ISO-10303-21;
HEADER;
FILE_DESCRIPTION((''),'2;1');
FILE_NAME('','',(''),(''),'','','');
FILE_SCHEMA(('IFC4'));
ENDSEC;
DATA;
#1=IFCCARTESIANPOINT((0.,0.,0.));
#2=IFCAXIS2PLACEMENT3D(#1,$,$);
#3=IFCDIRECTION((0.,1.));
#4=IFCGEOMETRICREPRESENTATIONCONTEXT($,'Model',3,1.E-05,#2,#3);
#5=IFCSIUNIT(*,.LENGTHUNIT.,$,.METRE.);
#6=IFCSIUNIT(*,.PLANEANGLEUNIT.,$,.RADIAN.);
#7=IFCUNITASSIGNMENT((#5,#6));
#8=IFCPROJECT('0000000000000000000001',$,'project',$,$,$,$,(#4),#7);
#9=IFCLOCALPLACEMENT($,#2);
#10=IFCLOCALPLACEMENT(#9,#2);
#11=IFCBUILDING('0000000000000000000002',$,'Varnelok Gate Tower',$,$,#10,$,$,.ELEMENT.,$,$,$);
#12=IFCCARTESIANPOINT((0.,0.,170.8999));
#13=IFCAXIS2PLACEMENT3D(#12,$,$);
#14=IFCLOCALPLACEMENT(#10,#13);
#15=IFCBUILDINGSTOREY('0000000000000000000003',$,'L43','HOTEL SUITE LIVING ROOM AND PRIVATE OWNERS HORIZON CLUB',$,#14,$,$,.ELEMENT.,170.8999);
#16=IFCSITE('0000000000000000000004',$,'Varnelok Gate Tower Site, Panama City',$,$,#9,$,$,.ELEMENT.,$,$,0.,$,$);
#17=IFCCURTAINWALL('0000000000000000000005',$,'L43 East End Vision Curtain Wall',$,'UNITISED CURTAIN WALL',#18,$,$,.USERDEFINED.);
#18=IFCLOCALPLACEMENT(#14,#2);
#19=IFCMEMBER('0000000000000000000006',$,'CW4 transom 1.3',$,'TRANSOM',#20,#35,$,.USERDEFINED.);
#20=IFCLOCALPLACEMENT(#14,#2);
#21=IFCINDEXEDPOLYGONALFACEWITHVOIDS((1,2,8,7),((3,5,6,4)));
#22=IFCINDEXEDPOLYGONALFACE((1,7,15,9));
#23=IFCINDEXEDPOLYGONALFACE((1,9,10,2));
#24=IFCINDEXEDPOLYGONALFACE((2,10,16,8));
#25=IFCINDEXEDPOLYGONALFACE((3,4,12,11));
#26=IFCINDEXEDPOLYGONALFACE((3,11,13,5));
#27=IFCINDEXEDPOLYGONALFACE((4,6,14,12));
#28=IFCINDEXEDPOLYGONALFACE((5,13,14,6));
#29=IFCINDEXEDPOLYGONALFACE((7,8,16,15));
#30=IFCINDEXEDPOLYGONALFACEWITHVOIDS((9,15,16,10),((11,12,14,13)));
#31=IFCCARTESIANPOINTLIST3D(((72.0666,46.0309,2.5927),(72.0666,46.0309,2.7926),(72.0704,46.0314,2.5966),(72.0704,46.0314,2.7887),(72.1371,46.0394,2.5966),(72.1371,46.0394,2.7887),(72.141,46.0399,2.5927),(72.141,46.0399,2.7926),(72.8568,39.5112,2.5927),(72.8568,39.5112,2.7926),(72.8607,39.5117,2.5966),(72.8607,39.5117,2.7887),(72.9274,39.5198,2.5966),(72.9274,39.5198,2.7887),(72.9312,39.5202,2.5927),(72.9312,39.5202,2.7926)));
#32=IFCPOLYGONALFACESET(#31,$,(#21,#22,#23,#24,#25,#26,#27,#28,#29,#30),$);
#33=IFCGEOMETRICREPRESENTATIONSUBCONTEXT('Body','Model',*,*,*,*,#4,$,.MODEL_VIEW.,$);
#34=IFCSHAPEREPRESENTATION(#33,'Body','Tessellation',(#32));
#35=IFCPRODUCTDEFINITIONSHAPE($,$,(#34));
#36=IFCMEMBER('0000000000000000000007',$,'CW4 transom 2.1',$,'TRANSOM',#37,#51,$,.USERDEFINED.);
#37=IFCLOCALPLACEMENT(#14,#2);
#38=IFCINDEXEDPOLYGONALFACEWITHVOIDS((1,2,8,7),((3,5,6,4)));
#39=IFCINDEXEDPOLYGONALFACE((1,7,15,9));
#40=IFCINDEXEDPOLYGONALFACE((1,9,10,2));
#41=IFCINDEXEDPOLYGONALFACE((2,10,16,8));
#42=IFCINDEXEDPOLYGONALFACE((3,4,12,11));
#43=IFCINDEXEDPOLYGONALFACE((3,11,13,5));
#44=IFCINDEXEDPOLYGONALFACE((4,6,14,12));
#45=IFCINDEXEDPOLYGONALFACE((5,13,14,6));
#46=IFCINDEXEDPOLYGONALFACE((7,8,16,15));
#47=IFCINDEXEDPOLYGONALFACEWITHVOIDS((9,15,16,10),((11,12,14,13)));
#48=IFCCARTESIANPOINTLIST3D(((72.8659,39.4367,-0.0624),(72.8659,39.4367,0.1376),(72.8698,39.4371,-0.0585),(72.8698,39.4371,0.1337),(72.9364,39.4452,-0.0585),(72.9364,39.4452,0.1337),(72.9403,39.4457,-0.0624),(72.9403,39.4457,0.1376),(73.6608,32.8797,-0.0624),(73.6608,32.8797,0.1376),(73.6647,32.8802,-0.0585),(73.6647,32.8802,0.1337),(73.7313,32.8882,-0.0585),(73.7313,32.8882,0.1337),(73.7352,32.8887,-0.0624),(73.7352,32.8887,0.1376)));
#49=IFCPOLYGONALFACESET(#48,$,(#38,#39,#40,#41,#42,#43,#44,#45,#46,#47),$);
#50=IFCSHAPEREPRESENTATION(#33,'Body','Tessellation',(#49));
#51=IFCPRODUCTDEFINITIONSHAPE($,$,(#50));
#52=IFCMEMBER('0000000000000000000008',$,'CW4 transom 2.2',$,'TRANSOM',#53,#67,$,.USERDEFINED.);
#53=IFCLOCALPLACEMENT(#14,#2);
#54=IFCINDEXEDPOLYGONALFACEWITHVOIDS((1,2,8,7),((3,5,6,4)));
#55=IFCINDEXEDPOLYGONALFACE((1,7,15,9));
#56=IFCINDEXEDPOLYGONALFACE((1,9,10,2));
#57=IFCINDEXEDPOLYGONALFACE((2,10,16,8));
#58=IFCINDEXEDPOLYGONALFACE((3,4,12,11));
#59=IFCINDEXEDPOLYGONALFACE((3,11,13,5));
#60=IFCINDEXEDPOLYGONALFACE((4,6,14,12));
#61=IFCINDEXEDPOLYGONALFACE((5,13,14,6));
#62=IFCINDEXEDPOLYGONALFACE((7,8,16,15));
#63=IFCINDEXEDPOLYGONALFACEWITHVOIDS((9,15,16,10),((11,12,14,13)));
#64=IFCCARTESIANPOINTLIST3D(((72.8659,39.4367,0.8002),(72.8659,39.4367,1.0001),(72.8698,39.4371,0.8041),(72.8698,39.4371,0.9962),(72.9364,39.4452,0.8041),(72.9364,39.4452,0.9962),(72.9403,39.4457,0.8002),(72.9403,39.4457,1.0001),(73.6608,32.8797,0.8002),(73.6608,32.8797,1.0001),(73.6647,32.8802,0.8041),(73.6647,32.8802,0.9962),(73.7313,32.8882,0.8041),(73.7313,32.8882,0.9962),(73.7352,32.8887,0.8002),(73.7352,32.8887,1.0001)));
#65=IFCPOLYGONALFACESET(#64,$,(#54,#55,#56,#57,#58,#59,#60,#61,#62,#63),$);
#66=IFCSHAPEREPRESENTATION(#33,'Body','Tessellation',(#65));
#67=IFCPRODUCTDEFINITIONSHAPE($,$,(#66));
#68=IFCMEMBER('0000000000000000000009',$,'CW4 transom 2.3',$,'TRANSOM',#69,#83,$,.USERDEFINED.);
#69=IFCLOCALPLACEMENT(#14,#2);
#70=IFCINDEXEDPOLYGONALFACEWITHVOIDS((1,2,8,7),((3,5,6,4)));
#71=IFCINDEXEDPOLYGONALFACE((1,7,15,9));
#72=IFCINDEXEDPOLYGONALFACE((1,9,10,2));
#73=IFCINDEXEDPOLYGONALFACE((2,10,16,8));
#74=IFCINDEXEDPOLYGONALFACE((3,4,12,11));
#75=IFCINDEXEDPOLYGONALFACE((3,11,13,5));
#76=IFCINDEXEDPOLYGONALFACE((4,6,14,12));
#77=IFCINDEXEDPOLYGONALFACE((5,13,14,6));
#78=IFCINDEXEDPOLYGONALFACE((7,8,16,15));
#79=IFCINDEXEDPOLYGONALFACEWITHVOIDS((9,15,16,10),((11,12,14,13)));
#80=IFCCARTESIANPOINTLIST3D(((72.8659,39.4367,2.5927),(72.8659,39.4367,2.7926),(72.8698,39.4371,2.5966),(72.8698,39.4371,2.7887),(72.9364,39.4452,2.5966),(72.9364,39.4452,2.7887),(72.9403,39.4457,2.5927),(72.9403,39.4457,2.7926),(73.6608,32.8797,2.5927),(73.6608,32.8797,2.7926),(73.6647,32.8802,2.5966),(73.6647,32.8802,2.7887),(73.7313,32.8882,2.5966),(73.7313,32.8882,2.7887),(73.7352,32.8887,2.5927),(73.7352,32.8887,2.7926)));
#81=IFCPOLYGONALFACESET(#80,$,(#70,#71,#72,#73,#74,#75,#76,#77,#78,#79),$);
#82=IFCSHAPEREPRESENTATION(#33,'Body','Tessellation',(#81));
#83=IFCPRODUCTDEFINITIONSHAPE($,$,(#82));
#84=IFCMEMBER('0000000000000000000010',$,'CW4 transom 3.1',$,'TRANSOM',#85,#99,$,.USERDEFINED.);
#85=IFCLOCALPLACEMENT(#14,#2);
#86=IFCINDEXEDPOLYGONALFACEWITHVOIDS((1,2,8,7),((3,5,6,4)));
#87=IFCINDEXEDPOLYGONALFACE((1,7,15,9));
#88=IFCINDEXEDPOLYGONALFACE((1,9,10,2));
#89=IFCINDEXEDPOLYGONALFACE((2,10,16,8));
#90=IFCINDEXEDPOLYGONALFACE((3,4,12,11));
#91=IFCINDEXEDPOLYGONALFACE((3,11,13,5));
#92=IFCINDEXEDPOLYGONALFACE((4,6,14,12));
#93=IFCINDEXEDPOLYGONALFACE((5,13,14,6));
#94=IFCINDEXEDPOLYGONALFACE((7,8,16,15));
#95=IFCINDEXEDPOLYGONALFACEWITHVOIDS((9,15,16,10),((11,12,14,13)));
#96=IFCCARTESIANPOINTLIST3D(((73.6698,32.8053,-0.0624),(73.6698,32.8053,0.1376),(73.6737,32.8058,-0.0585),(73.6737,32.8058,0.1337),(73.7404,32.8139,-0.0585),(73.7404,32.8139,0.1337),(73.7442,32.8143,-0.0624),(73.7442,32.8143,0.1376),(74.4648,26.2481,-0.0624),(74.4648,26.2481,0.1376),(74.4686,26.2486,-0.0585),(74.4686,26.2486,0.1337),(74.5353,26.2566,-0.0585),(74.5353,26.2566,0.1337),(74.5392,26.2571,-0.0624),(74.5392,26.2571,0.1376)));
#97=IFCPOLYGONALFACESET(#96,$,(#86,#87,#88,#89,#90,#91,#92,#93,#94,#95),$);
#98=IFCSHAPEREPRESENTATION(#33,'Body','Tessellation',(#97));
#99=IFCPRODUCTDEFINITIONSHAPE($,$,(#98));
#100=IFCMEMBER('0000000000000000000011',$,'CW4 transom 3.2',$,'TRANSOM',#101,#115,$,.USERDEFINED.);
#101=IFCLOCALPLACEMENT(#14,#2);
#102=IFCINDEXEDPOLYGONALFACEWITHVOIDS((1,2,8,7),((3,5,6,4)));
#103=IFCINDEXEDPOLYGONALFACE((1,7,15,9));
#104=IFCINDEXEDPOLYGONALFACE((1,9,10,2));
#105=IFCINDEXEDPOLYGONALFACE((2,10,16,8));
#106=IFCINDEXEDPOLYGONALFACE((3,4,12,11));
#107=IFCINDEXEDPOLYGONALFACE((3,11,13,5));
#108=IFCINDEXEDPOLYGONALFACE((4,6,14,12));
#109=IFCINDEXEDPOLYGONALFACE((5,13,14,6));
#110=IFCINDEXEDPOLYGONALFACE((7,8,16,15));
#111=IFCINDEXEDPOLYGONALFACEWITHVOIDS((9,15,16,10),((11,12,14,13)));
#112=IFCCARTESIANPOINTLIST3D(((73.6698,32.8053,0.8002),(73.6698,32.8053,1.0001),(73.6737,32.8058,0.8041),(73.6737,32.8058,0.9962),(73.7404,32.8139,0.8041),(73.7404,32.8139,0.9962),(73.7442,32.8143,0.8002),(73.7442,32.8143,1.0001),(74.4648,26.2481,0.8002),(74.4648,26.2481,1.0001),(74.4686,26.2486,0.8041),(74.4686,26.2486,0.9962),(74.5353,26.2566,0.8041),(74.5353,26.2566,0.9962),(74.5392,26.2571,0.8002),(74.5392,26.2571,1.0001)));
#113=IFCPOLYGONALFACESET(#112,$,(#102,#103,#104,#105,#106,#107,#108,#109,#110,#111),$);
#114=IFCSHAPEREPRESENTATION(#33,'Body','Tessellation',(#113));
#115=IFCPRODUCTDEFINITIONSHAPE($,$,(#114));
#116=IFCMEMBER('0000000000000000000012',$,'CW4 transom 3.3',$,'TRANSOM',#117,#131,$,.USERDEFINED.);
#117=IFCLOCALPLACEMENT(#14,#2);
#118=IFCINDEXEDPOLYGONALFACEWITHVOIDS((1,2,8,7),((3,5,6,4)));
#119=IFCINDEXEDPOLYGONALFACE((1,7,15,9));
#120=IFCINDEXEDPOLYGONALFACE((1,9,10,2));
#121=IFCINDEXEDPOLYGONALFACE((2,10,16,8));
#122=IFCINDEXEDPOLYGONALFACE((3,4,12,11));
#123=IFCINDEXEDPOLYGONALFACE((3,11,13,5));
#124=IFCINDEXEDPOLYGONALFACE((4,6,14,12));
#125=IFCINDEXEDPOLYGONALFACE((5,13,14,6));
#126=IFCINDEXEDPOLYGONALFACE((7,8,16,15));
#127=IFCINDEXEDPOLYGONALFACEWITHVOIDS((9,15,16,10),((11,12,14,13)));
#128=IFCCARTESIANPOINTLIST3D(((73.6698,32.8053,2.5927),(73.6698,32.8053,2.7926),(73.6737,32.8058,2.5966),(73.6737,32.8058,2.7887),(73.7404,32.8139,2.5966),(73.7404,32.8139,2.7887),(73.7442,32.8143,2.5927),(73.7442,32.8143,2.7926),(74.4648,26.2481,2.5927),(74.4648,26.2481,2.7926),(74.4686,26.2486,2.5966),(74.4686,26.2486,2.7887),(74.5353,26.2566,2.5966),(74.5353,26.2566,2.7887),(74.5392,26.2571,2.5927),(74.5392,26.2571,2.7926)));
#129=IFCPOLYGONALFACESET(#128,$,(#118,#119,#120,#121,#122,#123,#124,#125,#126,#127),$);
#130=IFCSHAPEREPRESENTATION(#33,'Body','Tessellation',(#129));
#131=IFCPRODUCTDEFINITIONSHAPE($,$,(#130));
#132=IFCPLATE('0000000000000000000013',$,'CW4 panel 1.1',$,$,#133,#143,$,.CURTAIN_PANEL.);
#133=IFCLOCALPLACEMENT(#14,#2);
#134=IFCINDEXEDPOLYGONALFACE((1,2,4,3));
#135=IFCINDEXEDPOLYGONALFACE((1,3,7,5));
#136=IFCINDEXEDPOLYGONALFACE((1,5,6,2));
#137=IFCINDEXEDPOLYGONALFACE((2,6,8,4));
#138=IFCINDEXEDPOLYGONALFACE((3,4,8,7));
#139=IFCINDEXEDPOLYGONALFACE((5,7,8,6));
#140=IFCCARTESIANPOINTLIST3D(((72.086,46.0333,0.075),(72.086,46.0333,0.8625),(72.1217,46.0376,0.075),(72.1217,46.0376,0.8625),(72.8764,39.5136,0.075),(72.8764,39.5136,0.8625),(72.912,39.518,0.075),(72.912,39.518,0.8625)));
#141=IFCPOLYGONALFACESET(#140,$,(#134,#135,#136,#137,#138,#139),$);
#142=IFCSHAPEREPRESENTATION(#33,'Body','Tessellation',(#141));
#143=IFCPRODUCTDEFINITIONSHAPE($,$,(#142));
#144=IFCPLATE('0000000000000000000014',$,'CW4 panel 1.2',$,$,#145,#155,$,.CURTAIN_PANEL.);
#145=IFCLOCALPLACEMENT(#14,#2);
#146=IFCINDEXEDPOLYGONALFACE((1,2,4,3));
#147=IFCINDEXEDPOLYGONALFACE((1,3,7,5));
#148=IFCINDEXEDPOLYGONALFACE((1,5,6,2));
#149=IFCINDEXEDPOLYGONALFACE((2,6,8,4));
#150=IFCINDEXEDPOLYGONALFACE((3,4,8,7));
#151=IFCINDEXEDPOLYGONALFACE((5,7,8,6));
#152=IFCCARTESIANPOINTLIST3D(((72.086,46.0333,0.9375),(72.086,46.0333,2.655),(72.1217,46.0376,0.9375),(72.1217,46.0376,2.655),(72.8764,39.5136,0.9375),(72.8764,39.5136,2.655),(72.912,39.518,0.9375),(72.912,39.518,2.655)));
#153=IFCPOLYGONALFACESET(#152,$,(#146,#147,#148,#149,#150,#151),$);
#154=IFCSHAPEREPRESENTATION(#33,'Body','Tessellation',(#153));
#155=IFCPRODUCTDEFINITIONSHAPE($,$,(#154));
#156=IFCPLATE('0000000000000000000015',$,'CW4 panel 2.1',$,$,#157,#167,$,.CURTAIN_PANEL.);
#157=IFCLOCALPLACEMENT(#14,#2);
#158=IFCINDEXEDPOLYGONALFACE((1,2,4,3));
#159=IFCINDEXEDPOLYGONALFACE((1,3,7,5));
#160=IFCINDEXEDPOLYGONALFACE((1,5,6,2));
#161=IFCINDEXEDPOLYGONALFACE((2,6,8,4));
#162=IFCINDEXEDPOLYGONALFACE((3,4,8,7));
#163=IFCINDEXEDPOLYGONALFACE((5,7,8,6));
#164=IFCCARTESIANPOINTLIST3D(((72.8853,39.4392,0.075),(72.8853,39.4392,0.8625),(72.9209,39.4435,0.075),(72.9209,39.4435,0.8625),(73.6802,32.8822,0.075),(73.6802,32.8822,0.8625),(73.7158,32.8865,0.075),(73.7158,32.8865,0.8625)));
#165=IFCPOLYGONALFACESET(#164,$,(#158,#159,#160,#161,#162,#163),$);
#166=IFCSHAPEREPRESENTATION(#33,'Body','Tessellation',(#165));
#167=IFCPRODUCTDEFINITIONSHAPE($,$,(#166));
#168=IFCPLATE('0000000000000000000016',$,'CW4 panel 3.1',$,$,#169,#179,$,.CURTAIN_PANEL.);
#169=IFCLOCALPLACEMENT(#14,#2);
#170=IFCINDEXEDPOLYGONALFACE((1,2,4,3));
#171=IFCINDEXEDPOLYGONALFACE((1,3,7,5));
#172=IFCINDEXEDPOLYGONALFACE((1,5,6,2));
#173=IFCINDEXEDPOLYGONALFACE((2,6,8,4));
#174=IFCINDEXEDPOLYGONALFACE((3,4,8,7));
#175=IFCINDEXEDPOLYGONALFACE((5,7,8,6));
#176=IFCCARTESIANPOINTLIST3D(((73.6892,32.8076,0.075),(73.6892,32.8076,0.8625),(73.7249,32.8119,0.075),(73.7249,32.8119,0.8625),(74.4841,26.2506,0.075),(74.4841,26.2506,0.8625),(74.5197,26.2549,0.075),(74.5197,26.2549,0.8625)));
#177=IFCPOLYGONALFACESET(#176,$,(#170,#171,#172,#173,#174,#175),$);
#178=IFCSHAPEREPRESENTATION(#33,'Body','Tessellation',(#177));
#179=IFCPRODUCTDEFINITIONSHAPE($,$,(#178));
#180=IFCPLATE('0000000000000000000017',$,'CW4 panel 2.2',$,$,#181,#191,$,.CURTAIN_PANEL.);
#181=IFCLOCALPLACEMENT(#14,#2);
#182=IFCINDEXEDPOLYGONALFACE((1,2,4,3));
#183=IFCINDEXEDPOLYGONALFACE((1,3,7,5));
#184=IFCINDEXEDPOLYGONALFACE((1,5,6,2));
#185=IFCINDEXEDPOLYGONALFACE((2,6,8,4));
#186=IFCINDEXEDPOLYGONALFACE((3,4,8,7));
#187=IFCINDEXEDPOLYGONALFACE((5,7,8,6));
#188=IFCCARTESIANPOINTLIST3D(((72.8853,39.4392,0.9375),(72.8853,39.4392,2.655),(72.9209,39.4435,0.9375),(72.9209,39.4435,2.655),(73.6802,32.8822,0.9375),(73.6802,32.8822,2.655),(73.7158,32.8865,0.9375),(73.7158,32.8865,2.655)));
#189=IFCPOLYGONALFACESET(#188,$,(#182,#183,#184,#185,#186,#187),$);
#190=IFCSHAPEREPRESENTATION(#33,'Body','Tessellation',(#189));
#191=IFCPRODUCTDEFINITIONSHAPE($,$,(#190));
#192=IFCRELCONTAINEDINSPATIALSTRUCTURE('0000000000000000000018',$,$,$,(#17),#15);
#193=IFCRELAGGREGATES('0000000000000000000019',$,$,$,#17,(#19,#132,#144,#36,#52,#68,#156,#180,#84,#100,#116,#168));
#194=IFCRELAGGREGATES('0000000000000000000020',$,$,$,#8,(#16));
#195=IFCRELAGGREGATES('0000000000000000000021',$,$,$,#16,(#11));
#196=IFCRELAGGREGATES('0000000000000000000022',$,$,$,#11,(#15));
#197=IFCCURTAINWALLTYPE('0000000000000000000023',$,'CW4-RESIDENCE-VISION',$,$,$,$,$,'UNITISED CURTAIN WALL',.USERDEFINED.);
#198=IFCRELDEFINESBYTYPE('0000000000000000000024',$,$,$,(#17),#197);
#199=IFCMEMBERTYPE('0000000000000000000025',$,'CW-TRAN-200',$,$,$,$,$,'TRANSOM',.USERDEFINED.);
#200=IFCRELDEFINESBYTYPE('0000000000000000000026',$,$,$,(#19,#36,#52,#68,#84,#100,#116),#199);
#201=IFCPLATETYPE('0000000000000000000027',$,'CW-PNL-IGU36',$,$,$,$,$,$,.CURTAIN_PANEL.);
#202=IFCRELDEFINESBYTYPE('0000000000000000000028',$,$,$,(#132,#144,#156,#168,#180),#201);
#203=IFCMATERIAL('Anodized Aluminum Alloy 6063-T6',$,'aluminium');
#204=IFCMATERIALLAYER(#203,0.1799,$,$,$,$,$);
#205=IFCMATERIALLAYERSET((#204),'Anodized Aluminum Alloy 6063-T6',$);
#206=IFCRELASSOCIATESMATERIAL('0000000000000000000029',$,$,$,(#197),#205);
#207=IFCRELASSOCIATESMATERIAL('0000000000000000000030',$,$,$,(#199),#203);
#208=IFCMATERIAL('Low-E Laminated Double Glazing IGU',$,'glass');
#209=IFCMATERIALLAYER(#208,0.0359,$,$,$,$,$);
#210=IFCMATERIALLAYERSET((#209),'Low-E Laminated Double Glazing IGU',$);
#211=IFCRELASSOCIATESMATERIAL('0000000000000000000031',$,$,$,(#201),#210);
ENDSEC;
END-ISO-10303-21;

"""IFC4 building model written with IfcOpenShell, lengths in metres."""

from ifc_helpers import new_model, si_unit, direction, frame, origin, origin_2d, place, context, subcontext, project, spatial, rectangle, hollow_rectangle, extrude, source, transform, mapped, material, layer, layer_set, material_profile, profile_set, type_object, element, aggregate, save


model = new_model("IFC4")

# Units and contexts
model_context = context("Model", 3, precision=1e-05, world=origin(), true_north=direction((0.0, 1.0)))
body_context = subcontext(model_context, "Body", "Model", "MODEL_VIEW")
ifc_project = project(units=[si_unit("LENGTHUNIT", "METRE"), si_unit("PLANEANGLEUNIT", "RADIAN")], contexts=[model_context])

# Site, building, storey
site_placement = place(None, origin())
site = spatial("IfcSite", under=ifc_project, at=site_placement, Name="Varnelok Gate Tower Site, Panama City", CompositionType="ELEMENT", RefElevation=0.0)
building_placement = place(site_placement, origin())
building = spatial("IfcBuilding", under=site, at=building_placement, Name="Varnelok Gate Tower", CompositionType="ELEMENT")
storey_placement = place(building_placement, frame((0.0, 0.0, 170.8999)))
storey = spatial("IfcBuildingStorey", under=building, at=storey_placement, Name="L43", Description="HOTEL SUITE LIVING ROOM AND PRIVATE OWNERS HORIZON CLUB", CompositionType="ELEMENT", Elevation=170.8999)

# Curtain wall, members, plates
ifc_material_1 = material(Name="Anodized Aluminum Alloy 6063-T6", Category="aluminium")
ifc_layer_1 = layer(ifc_material_1, 0.1799)
ifc_layer_set_1 = layer_set([ifc_layer_1], Name="Anodized Aluminum Alloy 6063-T6")
curtain_wall_type = type_object("IfcCurtainWallType", Name="CW4-RESIDENCE-VISION", ElementType="UNITISED CURTAIN WALL", PredefinedType="USERDEFINED", material=ifc_layer_set_1)
curtain_wall_placement = place(storey_placement, origin())
curtain_wall = element("IfcCurtainWall", 1, at=curtain_wall_placement, inside=storey, type_object=curtain_wall_type, Name="L43 East End Vision Curtain Wall", ObjectType="UNITISED CURTAIN WALL", PredefinedType="USERDEFINED")
ifc_material_profile_1 = material_profile(ifc_material_1, hollow_rectangle(XDim=0.075, YDim=0.2, WallThickness=0.0039, at=origin_2d()), Name="ALU200X75X4")
ifc_profile_set_1 = profile_set([ifc_material_profile_1], Name="Anodized Aluminum Alloy 6063-T6")
member_type_1 = type_object("IfcMemberType", Name="CW-TRAN-200", ElementType="TRANSOM", PredefinedType="USERDEFINED", material=ifc_profile_set_1)
member_1_placement = place(storey_placement, frame((72.1038, 46.0354, 2.6926), z_axis=(0.120332, -0.992734, 0.0), x_axis=(0.992734, 0.120332, 0.0)))
member_1 = element("IfcMember", 2, at=member_1_placement, type_object=member_type_1, Name="CW4 transom 1.3", ObjectType="TRANSOM", PredefinedType="USERDEFINED", context=body_context, shape_type="SweptSolid", body=[
    extrude(hollow_rectangle(XDim=0.075, YDim=0.2, WallThickness=0.0039, at=origin_2d()), origin(), (0.0, 0.0, 1.0), 6.5674),
])
member_2_placement = place(storey_placement, frame((72.9031, 39.4412, 0.0376), z_axis=(0.120353, -0.992731, 0.0), x_axis=(0.992731, 0.120353, 0.0)))
member_2 = element("IfcMember", 3, at=member_2_placement, type_object=member_type_1, Name="CW4 transom 2.1", ObjectType="TRANSOM", PredefinedType="USERDEFINED", context=body_context, shape_type="SweptSolid", body=[
    extrude(hollow_rectangle(XDim=0.075, YDim=0.2, WallThickness=0.0039, at=origin_2d()), origin(), (0.0, 0.0, 1.0), 6.605),
])
member_3_placement = place(storey_placement, frame((72.9031, 39.4412, 0.9001), z_axis=(0.120353, -0.992731, 0.0), x_axis=(0.992731, 0.120353, 0.0)))
member_3 = element("IfcMember", 4, at=member_3_placement, type_object=member_type_1, Name="CW4 transom 2.2", ObjectType="TRANSOM", PredefinedType="USERDEFINED", context=body_context, shape_type="SweptSolid", body=[
    extrude(hollow_rectangle(XDim=0.075, YDim=0.2, WallThickness=0.0039, at=origin_2d()), origin(), (0.0, 0.0, 1.0), 6.605),
])
member_4_placement = place(storey_placement, frame((72.9031, 39.4412, 2.6926), z_axis=(0.120353, -0.992731, 0.0), x_axis=(0.992731, 0.120353, 0.0)))
member_4 = element("IfcMember", 5, at=member_4_placement, type_object=member_type_1, Name="CW4 transom 2.3", ObjectType="TRANSOM", PredefinedType="USERDEFINED", context=body_context, shape_type="SweptSolid", body=[
    extrude(hollow_rectangle(XDim=0.075, YDim=0.2, WallThickness=0.0039, at=origin_2d()), origin(), (0.0, 0.0, 1.0), 6.605),
])
member_5_placement = place(storey_placement, frame((73.707, 32.8098, 0.0376), z_axis=(0.120349, -0.992732, 0.0), x_axis=(0.992732, 0.120349, 0.0)))
member_5 = element("IfcMember", 6, at=member_5_placement, type_object=member_type_1, Name="CW4 transom 3.1", ObjectType="TRANSOM", PredefinedType="USERDEFINED", context=body_context, shape_type="SweptSolid", body=[
    extrude(hollow_rectangle(XDim=0.075, YDim=0.2, WallThickness=0.0039, at=origin_2d()), origin(), (0.0, 0.0, 1.0), 6.6052),
])
member_6_placement = place(storey_placement, frame((73.707, 32.8098, 0.9001), z_axis=(0.120349, -0.992732, 0.0), x_axis=(0.992732, 0.120349, 0.0)))
member_6 = element("IfcMember", 7, at=member_6_placement, type_object=member_type_1, Name="CW4 transom 3.2", ObjectType="TRANSOM", PredefinedType="USERDEFINED", context=body_context, shape_type="SweptSolid", body=[
    extrude(hollow_rectangle(XDim=0.075, YDim=0.2, WallThickness=0.0039, at=origin_2d()), origin(), (0.0, 0.0, 1.0), 6.6052),
])
member_7_placement = place(storey_placement, frame((73.707, 32.8098, 2.6926), z_axis=(0.120349, -0.992732, 0.0), x_axis=(0.992732, 0.120349, 0.0)))
member_7 = element("IfcMember", 8, at=member_7_placement, type_object=member_type_1, Name="CW4 transom 3.3", ObjectType="TRANSOM", PredefinedType="USERDEFINED", context=body_context, shape_type="SweptSolid", body=[
    extrude(hollow_rectangle(XDim=0.075, YDim=0.2, WallThickness=0.0039, at=origin_2d()), origin(), (0.0, 0.0, 1.0), 6.6052),
])
ifc_material_2 = material(Name="Low-E Laminated Double Glazing IGU", Category="glass")
ifc_layer_2 = layer(ifc_material_2, 0.0359)
ifc_layer_set_2 = layer_set([ifc_layer_2], Name="Low-E Laminated Double Glazing IGU")
plate_type = type_object("IfcPlateType", Name="CW-PNL-IGU36", PredefinedType="CURTAIN_PANEL", material=ifc_layer_set_2)
shared_shape_1 = source(origin(), body_context, "Body", "SweptSolid", [
    extrude(rectangle(XDim=6.5674, YDim=0.0359, at=origin_2d()), origin(), (0.0, 0.0, 1.0), 0.7876),
])
plate_1_placement = place(storey_placement, frame((72.499, 42.7756, 0.075), z_axis=(0.0, 0.0, 1.0), x_axis=(0.120345, -0.992732, 0.0)))
plate_1 = element("IfcPlate", 9, at=plate_1_placement, type_object=plate_type, Name="CW4 panel 1.1", PredefinedType="CURTAIN_PANEL", context=body_context, shape_type="MappedRepresentation", body=[
    mapped(shared_shape_1, transform((0.0, 0.0, 0.0), scale=1.0)),
])
shared_shape_2 = source(origin(), body_context, "Body", "SweptSolid", [
    extrude(rectangle(XDim=6.5674, YDim=0.0359, at=origin_2d()), origin(), (0.0, 0.0, 1.0), 1.7175),
])
plate_2_placement = place(storey_placement, frame((72.499, 42.7756, 0.9375), z_axis=(0.0, 0.0, 1.0), x_axis=(0.120345, -0.992732, 0.0)))
plate_2 = element("IfcPlate", 10, at=plate_2_placement, type_object=plate_type, Name="CW4 panel 1.2", PredefinedType="CURTAIN_PANEL", context=body_context, shape_type="MappedRepresentation", body=[
    mapped(shared_shape_2, transform((0.0, 0.0, 0.0), scale=1.0)),
])
shared_shape_3 = source(origin(), body_context, "Body", "SweptSolid", [
    extrude(rectangle(XDim=6.605, YDim=0.0359, at=origin_2d()), origin(), (0.0, 0.0, 1.0), 0.7876),
])
plate_3_placement = place(storey_placement, frame((73.3005, 36.1628, 0.075), z_axis=(0.0, 0.0, 1.0), x_axis=(0.120345, -0.992732, 0.0)))
plate_3 = element("IfcPlate", 11, at=plate_3_placement, type_object=plate_type, Name="CW4 panel 2.1", PredefinedType="CURTAIN_PANEL", context=body_context, shape_type="MappedRepresentation", body=[
    mapped(shared_shape_3, transform((0.0, 0.0, 0.0), scale=1.0)),
])
plate_4_placement = place(storey_placement, frame((74.1045, 29.5312, 0.075), z_axis=(0.0, 0.0, 1.0), x_axis=(0.120345, -0.992732, 0.0)))
plate_4 = element("IfcPlate", 12, at=plate_4_placement, type_object=plate_type, Name="CW4 panel 3.1", PredefinedType="CURTAIN_PANEL", context=body_context, shape_type="MappedRepresentation", body=[
    mapped(shared_shape_3, transform((0.0, 0.0, 0.0), scale=1.0)),
])
shared_shape_4 = source(origin(), body_context, "Body", "SweptSolid", [
    extrude(rectangle(XDim=6.605, YDim=0.0359, at=origin_2d()), origin(), (0.0, 0.0, 1.0), 1.7175),
])
plate_5_placement = place(storey_placement, frame((73.3005, 36.1628, 0.9375), z_axis=(0.0, 0.0, 1.0), x_axis=(0.120345, -0.992732, 0.0)))
plate_5 = element("IfcPlate", 13, at=plate_5_placement, type_object=plate_type, Name="CW4 panel 2.2", PredefinedType="CURTAIN_PANEL", context=body_context, shape_type="MappedRepresentation", body=[
    mapped(shared_shape_4, transform((0.0, 0.0, 0.0), scale=1.0)),
])
aggregate(curtain_wall, [member_1, plate_1, plate_2, member_2, member_3, member_4, plate_3, plate_5, member_5, member_6, member_7, plate_4])

save(model, "model.ifc")
